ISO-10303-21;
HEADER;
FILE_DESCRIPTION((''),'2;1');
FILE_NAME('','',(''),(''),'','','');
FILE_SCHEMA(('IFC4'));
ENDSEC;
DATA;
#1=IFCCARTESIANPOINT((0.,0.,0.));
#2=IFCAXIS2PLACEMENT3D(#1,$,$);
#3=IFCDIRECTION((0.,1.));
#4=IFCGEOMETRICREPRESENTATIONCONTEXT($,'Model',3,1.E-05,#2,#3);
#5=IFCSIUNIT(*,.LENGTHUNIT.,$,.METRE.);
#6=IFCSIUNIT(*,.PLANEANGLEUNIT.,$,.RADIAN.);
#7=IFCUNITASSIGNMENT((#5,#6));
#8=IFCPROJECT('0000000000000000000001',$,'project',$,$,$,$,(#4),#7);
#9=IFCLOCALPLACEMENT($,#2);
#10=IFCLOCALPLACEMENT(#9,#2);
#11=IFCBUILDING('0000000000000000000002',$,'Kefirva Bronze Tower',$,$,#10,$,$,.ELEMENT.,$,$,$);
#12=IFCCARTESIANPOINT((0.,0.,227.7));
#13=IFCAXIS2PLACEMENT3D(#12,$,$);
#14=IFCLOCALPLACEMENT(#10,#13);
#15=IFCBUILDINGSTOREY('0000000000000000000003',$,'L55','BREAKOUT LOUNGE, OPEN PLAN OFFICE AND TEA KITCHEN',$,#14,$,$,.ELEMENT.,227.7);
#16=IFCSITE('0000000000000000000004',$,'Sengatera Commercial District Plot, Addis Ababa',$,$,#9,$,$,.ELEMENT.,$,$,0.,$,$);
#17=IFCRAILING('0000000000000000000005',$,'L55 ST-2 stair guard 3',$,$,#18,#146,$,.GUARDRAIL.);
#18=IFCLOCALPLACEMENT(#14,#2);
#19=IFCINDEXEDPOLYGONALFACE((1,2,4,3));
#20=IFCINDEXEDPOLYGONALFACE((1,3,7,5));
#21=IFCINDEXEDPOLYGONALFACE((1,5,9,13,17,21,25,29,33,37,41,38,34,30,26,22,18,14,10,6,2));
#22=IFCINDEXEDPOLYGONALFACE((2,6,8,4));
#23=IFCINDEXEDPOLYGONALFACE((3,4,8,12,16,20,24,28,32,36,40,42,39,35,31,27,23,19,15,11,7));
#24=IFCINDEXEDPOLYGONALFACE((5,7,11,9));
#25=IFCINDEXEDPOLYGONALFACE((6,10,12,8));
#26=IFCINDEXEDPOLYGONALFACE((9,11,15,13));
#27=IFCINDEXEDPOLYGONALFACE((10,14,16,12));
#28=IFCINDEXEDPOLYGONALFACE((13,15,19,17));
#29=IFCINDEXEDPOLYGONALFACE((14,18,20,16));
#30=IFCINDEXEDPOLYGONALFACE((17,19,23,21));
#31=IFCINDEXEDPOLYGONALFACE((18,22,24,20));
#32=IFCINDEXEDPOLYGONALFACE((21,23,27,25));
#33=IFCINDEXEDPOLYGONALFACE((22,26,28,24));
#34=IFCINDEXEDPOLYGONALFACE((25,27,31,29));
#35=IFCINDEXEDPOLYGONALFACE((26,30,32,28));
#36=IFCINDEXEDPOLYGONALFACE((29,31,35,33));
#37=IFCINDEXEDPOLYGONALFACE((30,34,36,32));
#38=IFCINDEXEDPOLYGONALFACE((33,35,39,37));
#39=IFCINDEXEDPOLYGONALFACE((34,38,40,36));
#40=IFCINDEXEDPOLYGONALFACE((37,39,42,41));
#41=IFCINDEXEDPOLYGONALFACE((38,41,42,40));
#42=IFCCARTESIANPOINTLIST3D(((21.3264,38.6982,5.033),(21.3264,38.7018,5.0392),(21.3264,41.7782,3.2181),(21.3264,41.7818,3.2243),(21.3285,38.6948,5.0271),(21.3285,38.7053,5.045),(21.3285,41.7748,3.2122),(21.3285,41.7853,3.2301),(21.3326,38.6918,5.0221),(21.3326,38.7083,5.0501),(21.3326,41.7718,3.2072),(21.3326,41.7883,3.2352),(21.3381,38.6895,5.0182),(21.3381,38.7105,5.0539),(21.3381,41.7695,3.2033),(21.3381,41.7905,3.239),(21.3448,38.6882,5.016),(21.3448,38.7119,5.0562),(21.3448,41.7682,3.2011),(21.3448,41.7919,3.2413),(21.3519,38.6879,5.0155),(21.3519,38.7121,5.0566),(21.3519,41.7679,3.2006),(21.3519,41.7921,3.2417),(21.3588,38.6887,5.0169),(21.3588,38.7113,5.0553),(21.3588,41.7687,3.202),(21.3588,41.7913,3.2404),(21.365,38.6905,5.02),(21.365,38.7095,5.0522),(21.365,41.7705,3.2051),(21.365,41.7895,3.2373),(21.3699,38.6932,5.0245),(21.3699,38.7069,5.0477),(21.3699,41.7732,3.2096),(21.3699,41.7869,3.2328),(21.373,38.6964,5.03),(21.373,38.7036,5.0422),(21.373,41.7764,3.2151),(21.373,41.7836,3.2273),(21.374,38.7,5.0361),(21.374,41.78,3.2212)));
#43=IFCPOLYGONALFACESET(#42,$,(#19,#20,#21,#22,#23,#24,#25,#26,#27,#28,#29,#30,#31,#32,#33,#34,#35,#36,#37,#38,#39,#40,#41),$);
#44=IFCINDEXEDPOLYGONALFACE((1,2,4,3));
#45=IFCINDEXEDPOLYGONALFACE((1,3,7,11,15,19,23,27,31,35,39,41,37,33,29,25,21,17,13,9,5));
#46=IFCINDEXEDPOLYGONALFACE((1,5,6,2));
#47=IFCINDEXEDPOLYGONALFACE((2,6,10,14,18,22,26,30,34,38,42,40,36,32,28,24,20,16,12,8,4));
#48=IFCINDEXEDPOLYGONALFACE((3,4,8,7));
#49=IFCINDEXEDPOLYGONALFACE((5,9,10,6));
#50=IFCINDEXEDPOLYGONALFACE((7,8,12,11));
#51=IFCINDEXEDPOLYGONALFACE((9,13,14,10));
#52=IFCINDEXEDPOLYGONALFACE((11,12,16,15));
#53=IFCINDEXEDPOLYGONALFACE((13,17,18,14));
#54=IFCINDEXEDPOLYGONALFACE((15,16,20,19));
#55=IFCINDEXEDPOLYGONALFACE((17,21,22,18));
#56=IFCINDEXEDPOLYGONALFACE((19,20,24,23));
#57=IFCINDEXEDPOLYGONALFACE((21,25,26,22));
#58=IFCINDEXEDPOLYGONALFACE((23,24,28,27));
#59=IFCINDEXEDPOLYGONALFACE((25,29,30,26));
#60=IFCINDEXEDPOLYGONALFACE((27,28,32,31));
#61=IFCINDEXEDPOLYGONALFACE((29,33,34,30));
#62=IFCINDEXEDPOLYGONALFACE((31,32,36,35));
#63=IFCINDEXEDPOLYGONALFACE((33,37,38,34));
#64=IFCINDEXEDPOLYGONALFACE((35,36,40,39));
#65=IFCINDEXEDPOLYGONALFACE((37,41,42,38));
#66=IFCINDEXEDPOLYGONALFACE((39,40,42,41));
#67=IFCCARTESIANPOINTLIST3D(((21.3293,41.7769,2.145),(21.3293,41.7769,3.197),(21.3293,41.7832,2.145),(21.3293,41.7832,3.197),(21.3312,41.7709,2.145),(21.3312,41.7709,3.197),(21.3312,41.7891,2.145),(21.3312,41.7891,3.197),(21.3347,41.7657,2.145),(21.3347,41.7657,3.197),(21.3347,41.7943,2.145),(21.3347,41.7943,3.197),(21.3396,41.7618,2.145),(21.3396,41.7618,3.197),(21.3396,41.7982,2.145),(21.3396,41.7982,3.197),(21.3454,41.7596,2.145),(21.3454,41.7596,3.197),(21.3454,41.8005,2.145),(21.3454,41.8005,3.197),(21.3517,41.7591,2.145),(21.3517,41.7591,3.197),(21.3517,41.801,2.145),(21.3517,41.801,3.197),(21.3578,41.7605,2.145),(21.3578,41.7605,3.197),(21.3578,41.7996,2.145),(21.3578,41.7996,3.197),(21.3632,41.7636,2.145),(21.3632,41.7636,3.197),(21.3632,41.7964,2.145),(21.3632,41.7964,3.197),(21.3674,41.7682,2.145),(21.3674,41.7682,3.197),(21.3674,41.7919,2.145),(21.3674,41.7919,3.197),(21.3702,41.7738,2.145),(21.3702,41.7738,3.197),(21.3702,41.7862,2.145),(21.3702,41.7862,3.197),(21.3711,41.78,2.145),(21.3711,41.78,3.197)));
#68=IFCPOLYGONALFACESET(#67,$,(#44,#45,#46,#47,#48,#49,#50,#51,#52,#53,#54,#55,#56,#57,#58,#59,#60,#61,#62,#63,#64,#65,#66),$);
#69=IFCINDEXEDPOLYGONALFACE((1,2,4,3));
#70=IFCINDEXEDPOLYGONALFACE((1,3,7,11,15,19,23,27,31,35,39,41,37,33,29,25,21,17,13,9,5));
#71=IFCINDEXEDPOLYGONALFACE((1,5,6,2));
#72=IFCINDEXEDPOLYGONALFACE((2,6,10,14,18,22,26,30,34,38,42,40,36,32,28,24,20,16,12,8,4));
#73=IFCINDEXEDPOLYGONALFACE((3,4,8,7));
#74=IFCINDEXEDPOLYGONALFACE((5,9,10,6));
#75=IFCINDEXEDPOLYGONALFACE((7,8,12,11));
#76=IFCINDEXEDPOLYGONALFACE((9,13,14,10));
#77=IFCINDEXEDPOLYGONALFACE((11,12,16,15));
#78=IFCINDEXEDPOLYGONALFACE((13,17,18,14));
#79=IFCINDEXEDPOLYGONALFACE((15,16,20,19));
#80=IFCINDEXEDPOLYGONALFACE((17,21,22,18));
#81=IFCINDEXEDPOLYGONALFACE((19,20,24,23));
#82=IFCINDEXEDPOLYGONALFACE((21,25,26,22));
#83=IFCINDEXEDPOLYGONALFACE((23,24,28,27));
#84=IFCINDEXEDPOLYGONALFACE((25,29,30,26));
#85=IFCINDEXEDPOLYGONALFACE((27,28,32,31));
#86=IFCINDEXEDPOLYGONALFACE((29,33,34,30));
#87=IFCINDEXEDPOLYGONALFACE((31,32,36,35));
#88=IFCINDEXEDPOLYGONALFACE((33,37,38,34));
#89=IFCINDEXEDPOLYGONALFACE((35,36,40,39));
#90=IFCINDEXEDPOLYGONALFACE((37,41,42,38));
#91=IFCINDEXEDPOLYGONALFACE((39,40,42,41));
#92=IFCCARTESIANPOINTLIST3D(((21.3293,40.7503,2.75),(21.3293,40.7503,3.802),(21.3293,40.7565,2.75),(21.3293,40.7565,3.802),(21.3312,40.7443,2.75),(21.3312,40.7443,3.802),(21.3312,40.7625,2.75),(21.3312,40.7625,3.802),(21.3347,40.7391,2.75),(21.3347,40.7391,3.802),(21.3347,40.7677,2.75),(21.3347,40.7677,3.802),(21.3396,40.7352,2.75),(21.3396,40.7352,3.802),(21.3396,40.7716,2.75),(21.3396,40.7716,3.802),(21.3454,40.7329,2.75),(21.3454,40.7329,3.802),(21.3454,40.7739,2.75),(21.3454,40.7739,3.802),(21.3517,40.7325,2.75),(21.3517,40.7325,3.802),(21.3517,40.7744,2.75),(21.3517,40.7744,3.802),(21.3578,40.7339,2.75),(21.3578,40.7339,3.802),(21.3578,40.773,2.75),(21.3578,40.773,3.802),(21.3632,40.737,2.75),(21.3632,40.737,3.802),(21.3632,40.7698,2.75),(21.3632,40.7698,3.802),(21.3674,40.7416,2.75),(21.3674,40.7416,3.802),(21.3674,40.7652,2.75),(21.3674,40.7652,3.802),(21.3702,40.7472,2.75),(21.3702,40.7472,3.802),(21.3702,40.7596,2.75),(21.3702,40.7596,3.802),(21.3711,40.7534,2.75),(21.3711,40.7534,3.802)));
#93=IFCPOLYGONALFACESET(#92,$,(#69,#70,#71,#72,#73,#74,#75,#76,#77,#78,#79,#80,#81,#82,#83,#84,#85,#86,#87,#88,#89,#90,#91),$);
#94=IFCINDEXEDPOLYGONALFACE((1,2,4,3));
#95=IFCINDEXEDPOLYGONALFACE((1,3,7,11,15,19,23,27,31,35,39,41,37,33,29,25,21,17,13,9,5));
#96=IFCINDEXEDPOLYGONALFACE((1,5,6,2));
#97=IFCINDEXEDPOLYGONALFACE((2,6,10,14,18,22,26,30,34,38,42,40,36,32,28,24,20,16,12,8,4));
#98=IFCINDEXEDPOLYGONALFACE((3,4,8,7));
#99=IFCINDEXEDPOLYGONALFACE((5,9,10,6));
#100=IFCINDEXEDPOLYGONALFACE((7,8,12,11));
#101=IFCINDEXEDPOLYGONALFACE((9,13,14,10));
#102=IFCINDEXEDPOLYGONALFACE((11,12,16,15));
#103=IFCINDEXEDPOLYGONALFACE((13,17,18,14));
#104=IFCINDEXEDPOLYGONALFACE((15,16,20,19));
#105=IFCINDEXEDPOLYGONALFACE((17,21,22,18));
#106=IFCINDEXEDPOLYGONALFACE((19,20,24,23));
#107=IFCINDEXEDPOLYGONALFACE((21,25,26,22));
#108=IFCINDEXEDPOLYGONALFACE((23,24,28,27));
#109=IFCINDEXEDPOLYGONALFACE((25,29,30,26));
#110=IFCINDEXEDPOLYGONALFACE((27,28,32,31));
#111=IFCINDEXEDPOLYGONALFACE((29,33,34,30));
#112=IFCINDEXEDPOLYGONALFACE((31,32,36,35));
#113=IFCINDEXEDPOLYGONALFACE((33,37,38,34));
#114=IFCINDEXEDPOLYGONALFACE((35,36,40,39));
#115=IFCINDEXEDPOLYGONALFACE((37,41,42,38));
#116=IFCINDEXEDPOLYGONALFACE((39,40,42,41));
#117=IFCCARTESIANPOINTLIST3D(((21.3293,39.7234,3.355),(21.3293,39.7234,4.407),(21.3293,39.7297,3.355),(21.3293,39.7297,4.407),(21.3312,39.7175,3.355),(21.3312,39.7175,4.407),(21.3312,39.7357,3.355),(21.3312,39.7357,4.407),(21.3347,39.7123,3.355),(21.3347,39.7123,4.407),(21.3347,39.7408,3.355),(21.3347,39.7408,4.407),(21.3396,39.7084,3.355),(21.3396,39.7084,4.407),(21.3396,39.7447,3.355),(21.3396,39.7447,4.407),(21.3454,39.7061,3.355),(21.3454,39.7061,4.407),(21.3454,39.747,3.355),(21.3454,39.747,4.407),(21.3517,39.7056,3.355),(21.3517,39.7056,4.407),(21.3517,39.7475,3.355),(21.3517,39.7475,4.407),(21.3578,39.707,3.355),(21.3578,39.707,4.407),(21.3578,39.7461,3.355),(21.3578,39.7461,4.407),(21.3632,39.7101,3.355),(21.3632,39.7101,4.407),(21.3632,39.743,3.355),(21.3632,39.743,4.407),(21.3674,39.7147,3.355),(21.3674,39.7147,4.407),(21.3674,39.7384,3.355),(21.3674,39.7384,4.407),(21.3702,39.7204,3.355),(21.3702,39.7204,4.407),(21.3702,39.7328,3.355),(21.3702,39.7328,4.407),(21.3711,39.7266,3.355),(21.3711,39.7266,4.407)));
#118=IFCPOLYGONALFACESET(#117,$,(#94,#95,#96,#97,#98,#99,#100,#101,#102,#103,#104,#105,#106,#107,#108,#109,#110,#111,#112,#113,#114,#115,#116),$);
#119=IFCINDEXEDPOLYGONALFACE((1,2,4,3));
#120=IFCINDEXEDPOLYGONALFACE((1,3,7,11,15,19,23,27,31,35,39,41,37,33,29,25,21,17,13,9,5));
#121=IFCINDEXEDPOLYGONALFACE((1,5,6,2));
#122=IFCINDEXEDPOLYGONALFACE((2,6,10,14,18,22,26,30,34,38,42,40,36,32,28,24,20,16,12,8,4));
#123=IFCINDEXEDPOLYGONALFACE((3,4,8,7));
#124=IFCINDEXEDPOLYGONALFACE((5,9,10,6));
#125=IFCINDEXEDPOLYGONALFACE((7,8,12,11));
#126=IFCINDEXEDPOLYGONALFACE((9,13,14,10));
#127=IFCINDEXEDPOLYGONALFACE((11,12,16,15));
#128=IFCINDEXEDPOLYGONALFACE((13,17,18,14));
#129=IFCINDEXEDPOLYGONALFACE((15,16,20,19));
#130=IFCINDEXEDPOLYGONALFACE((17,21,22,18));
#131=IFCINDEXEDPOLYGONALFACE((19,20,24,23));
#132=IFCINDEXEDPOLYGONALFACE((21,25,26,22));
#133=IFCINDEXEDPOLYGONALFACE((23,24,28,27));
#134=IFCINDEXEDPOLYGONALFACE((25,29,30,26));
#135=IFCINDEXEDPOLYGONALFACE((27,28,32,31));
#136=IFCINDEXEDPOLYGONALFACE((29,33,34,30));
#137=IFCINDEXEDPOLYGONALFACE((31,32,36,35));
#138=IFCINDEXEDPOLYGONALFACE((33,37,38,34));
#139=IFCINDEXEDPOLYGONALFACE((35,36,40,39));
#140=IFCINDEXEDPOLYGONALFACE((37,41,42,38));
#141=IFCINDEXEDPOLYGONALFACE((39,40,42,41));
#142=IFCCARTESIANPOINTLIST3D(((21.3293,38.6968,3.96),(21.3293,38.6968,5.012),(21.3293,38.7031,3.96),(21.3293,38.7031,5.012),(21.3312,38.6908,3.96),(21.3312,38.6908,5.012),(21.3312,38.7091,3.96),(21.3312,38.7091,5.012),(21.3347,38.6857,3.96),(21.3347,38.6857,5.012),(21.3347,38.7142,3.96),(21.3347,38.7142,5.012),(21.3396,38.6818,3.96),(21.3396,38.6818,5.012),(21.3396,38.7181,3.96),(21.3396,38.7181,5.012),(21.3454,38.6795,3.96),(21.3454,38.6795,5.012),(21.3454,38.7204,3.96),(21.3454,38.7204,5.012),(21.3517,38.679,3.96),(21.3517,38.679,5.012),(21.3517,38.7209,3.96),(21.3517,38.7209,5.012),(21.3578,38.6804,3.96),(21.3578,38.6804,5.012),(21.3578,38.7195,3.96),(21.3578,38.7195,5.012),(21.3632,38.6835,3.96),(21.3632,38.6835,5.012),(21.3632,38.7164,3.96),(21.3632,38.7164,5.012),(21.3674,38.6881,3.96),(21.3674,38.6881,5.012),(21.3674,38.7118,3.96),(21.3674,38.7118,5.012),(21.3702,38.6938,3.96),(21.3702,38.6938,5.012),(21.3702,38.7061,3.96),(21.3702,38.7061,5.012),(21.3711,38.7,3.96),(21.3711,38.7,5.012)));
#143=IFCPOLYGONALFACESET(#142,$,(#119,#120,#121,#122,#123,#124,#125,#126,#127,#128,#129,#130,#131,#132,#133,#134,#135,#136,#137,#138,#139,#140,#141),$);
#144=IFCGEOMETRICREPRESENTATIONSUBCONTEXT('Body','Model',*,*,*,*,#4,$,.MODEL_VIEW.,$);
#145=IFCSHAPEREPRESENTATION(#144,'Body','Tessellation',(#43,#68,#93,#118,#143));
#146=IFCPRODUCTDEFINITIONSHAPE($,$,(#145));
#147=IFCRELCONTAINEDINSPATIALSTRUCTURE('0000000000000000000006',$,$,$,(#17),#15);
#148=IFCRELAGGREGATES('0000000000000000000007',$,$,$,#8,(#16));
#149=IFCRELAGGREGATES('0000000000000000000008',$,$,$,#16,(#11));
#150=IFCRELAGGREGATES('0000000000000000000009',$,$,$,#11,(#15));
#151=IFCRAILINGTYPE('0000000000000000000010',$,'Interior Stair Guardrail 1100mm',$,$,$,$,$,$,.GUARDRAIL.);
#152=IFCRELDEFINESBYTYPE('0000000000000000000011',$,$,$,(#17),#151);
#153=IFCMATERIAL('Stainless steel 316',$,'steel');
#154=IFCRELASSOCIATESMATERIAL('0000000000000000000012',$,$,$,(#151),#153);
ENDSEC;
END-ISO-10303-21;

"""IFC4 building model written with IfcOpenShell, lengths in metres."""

from ifc_helpers import new_model, si_unit, direction, frame, origin, origin_2d, place, context, subcontext, project, spatial, circle, extrude, material, type_object, element, save


model = new_model("IFC4")

# Units and contexts
model_context = context("Model", 3, precision=1e-05, world=origin(), true_north=direction((0.0, 1.0)))
body_context = subcontext(model_context, "Body", "Model", "MODEL_VIEW")
ifc_project = project(units=[si_unit("LENGTHUNIT", "METRE"), si_unit("PLANEANGLEUNIT", "RADIAN")], contexts=[model_context])

# Site, building, storey
site_placement = place(None, origin())
site = spatial("IfcSite", under=ifc_project, at=site_placement, Name="Sengatera Commercial District Plot, Addis Ababa", CompositionType="ELEMENT", RefElevation=0.0)
building_placement = place(site_placement, origin())
building = spatial("IfcBuilding", under=site, at=building_placement, Name="Kefirva Bronze Tower", CompositionType="ELEMENT")
storey_placement = place(building_placement, frame((0.0, 0.0, 227.7)))
storey = spatial("IfcBuildingStorey", under=building, at=storey_placement, Name="L55", Description="BREAKOUT LOUNGE, OPEN PLAN OFFICE AND TEA KITCHEN", CompositionType="ELEMENT", Elevation=227.7)

# Railing
ifc_material_1 = material(Name="Stainless steel 316", Category="steel")
railing_type_1 = type_object("IfcRailingType", Name="Interior Stair Guardrail 1100mm", PredefinedType="GUARDRAIL", material=ifc_material_1)
railing_1_placement = place(storey_placement, frame((21.3501, 41.78, 2.145)))
element("IfcRailing", 1, at=railing_1_placement, inside=storey, type_object=railing_type_1, Name="L55 ST-2 stair guard 3", PredefinedType="GUARDRAIL", context=body_context, shape_type="SweptSolid", body=[
    extrude(circle(Radius=0.0239, at=origin_2d()), frame((0.0, 0.0, 1.0762), z_axis=(0.0, -0.861551, 0.507671), x_axis=(1.0, 0.0, 0.0)), (0.0, 0.0, 1.0), 3.575),
    extrude(circle(Radius=0.021, at=origin_2d()), origin(), (0.0, 0.0, 1.0), 1.052),
    extrude(circle(Radius=0.021, at=origin_2d()), frame((0.0, -1.0266, 0.605)), (0.0, 0.0, 1.0), 1.052),
    extrude(circle(Radius=0.021, at=origin_2d()), frame((0.0, -2.0535, 1.21)), (0.0, 0.0, 1.0), 1.052),
    extrude(circle(Radius=0.021, at=origin_2d()), frame((0.0, -3.0801, 1.8149)), (0.0, 0.0, 1.0), 1.052),
])

save(model, "model.ifc")
